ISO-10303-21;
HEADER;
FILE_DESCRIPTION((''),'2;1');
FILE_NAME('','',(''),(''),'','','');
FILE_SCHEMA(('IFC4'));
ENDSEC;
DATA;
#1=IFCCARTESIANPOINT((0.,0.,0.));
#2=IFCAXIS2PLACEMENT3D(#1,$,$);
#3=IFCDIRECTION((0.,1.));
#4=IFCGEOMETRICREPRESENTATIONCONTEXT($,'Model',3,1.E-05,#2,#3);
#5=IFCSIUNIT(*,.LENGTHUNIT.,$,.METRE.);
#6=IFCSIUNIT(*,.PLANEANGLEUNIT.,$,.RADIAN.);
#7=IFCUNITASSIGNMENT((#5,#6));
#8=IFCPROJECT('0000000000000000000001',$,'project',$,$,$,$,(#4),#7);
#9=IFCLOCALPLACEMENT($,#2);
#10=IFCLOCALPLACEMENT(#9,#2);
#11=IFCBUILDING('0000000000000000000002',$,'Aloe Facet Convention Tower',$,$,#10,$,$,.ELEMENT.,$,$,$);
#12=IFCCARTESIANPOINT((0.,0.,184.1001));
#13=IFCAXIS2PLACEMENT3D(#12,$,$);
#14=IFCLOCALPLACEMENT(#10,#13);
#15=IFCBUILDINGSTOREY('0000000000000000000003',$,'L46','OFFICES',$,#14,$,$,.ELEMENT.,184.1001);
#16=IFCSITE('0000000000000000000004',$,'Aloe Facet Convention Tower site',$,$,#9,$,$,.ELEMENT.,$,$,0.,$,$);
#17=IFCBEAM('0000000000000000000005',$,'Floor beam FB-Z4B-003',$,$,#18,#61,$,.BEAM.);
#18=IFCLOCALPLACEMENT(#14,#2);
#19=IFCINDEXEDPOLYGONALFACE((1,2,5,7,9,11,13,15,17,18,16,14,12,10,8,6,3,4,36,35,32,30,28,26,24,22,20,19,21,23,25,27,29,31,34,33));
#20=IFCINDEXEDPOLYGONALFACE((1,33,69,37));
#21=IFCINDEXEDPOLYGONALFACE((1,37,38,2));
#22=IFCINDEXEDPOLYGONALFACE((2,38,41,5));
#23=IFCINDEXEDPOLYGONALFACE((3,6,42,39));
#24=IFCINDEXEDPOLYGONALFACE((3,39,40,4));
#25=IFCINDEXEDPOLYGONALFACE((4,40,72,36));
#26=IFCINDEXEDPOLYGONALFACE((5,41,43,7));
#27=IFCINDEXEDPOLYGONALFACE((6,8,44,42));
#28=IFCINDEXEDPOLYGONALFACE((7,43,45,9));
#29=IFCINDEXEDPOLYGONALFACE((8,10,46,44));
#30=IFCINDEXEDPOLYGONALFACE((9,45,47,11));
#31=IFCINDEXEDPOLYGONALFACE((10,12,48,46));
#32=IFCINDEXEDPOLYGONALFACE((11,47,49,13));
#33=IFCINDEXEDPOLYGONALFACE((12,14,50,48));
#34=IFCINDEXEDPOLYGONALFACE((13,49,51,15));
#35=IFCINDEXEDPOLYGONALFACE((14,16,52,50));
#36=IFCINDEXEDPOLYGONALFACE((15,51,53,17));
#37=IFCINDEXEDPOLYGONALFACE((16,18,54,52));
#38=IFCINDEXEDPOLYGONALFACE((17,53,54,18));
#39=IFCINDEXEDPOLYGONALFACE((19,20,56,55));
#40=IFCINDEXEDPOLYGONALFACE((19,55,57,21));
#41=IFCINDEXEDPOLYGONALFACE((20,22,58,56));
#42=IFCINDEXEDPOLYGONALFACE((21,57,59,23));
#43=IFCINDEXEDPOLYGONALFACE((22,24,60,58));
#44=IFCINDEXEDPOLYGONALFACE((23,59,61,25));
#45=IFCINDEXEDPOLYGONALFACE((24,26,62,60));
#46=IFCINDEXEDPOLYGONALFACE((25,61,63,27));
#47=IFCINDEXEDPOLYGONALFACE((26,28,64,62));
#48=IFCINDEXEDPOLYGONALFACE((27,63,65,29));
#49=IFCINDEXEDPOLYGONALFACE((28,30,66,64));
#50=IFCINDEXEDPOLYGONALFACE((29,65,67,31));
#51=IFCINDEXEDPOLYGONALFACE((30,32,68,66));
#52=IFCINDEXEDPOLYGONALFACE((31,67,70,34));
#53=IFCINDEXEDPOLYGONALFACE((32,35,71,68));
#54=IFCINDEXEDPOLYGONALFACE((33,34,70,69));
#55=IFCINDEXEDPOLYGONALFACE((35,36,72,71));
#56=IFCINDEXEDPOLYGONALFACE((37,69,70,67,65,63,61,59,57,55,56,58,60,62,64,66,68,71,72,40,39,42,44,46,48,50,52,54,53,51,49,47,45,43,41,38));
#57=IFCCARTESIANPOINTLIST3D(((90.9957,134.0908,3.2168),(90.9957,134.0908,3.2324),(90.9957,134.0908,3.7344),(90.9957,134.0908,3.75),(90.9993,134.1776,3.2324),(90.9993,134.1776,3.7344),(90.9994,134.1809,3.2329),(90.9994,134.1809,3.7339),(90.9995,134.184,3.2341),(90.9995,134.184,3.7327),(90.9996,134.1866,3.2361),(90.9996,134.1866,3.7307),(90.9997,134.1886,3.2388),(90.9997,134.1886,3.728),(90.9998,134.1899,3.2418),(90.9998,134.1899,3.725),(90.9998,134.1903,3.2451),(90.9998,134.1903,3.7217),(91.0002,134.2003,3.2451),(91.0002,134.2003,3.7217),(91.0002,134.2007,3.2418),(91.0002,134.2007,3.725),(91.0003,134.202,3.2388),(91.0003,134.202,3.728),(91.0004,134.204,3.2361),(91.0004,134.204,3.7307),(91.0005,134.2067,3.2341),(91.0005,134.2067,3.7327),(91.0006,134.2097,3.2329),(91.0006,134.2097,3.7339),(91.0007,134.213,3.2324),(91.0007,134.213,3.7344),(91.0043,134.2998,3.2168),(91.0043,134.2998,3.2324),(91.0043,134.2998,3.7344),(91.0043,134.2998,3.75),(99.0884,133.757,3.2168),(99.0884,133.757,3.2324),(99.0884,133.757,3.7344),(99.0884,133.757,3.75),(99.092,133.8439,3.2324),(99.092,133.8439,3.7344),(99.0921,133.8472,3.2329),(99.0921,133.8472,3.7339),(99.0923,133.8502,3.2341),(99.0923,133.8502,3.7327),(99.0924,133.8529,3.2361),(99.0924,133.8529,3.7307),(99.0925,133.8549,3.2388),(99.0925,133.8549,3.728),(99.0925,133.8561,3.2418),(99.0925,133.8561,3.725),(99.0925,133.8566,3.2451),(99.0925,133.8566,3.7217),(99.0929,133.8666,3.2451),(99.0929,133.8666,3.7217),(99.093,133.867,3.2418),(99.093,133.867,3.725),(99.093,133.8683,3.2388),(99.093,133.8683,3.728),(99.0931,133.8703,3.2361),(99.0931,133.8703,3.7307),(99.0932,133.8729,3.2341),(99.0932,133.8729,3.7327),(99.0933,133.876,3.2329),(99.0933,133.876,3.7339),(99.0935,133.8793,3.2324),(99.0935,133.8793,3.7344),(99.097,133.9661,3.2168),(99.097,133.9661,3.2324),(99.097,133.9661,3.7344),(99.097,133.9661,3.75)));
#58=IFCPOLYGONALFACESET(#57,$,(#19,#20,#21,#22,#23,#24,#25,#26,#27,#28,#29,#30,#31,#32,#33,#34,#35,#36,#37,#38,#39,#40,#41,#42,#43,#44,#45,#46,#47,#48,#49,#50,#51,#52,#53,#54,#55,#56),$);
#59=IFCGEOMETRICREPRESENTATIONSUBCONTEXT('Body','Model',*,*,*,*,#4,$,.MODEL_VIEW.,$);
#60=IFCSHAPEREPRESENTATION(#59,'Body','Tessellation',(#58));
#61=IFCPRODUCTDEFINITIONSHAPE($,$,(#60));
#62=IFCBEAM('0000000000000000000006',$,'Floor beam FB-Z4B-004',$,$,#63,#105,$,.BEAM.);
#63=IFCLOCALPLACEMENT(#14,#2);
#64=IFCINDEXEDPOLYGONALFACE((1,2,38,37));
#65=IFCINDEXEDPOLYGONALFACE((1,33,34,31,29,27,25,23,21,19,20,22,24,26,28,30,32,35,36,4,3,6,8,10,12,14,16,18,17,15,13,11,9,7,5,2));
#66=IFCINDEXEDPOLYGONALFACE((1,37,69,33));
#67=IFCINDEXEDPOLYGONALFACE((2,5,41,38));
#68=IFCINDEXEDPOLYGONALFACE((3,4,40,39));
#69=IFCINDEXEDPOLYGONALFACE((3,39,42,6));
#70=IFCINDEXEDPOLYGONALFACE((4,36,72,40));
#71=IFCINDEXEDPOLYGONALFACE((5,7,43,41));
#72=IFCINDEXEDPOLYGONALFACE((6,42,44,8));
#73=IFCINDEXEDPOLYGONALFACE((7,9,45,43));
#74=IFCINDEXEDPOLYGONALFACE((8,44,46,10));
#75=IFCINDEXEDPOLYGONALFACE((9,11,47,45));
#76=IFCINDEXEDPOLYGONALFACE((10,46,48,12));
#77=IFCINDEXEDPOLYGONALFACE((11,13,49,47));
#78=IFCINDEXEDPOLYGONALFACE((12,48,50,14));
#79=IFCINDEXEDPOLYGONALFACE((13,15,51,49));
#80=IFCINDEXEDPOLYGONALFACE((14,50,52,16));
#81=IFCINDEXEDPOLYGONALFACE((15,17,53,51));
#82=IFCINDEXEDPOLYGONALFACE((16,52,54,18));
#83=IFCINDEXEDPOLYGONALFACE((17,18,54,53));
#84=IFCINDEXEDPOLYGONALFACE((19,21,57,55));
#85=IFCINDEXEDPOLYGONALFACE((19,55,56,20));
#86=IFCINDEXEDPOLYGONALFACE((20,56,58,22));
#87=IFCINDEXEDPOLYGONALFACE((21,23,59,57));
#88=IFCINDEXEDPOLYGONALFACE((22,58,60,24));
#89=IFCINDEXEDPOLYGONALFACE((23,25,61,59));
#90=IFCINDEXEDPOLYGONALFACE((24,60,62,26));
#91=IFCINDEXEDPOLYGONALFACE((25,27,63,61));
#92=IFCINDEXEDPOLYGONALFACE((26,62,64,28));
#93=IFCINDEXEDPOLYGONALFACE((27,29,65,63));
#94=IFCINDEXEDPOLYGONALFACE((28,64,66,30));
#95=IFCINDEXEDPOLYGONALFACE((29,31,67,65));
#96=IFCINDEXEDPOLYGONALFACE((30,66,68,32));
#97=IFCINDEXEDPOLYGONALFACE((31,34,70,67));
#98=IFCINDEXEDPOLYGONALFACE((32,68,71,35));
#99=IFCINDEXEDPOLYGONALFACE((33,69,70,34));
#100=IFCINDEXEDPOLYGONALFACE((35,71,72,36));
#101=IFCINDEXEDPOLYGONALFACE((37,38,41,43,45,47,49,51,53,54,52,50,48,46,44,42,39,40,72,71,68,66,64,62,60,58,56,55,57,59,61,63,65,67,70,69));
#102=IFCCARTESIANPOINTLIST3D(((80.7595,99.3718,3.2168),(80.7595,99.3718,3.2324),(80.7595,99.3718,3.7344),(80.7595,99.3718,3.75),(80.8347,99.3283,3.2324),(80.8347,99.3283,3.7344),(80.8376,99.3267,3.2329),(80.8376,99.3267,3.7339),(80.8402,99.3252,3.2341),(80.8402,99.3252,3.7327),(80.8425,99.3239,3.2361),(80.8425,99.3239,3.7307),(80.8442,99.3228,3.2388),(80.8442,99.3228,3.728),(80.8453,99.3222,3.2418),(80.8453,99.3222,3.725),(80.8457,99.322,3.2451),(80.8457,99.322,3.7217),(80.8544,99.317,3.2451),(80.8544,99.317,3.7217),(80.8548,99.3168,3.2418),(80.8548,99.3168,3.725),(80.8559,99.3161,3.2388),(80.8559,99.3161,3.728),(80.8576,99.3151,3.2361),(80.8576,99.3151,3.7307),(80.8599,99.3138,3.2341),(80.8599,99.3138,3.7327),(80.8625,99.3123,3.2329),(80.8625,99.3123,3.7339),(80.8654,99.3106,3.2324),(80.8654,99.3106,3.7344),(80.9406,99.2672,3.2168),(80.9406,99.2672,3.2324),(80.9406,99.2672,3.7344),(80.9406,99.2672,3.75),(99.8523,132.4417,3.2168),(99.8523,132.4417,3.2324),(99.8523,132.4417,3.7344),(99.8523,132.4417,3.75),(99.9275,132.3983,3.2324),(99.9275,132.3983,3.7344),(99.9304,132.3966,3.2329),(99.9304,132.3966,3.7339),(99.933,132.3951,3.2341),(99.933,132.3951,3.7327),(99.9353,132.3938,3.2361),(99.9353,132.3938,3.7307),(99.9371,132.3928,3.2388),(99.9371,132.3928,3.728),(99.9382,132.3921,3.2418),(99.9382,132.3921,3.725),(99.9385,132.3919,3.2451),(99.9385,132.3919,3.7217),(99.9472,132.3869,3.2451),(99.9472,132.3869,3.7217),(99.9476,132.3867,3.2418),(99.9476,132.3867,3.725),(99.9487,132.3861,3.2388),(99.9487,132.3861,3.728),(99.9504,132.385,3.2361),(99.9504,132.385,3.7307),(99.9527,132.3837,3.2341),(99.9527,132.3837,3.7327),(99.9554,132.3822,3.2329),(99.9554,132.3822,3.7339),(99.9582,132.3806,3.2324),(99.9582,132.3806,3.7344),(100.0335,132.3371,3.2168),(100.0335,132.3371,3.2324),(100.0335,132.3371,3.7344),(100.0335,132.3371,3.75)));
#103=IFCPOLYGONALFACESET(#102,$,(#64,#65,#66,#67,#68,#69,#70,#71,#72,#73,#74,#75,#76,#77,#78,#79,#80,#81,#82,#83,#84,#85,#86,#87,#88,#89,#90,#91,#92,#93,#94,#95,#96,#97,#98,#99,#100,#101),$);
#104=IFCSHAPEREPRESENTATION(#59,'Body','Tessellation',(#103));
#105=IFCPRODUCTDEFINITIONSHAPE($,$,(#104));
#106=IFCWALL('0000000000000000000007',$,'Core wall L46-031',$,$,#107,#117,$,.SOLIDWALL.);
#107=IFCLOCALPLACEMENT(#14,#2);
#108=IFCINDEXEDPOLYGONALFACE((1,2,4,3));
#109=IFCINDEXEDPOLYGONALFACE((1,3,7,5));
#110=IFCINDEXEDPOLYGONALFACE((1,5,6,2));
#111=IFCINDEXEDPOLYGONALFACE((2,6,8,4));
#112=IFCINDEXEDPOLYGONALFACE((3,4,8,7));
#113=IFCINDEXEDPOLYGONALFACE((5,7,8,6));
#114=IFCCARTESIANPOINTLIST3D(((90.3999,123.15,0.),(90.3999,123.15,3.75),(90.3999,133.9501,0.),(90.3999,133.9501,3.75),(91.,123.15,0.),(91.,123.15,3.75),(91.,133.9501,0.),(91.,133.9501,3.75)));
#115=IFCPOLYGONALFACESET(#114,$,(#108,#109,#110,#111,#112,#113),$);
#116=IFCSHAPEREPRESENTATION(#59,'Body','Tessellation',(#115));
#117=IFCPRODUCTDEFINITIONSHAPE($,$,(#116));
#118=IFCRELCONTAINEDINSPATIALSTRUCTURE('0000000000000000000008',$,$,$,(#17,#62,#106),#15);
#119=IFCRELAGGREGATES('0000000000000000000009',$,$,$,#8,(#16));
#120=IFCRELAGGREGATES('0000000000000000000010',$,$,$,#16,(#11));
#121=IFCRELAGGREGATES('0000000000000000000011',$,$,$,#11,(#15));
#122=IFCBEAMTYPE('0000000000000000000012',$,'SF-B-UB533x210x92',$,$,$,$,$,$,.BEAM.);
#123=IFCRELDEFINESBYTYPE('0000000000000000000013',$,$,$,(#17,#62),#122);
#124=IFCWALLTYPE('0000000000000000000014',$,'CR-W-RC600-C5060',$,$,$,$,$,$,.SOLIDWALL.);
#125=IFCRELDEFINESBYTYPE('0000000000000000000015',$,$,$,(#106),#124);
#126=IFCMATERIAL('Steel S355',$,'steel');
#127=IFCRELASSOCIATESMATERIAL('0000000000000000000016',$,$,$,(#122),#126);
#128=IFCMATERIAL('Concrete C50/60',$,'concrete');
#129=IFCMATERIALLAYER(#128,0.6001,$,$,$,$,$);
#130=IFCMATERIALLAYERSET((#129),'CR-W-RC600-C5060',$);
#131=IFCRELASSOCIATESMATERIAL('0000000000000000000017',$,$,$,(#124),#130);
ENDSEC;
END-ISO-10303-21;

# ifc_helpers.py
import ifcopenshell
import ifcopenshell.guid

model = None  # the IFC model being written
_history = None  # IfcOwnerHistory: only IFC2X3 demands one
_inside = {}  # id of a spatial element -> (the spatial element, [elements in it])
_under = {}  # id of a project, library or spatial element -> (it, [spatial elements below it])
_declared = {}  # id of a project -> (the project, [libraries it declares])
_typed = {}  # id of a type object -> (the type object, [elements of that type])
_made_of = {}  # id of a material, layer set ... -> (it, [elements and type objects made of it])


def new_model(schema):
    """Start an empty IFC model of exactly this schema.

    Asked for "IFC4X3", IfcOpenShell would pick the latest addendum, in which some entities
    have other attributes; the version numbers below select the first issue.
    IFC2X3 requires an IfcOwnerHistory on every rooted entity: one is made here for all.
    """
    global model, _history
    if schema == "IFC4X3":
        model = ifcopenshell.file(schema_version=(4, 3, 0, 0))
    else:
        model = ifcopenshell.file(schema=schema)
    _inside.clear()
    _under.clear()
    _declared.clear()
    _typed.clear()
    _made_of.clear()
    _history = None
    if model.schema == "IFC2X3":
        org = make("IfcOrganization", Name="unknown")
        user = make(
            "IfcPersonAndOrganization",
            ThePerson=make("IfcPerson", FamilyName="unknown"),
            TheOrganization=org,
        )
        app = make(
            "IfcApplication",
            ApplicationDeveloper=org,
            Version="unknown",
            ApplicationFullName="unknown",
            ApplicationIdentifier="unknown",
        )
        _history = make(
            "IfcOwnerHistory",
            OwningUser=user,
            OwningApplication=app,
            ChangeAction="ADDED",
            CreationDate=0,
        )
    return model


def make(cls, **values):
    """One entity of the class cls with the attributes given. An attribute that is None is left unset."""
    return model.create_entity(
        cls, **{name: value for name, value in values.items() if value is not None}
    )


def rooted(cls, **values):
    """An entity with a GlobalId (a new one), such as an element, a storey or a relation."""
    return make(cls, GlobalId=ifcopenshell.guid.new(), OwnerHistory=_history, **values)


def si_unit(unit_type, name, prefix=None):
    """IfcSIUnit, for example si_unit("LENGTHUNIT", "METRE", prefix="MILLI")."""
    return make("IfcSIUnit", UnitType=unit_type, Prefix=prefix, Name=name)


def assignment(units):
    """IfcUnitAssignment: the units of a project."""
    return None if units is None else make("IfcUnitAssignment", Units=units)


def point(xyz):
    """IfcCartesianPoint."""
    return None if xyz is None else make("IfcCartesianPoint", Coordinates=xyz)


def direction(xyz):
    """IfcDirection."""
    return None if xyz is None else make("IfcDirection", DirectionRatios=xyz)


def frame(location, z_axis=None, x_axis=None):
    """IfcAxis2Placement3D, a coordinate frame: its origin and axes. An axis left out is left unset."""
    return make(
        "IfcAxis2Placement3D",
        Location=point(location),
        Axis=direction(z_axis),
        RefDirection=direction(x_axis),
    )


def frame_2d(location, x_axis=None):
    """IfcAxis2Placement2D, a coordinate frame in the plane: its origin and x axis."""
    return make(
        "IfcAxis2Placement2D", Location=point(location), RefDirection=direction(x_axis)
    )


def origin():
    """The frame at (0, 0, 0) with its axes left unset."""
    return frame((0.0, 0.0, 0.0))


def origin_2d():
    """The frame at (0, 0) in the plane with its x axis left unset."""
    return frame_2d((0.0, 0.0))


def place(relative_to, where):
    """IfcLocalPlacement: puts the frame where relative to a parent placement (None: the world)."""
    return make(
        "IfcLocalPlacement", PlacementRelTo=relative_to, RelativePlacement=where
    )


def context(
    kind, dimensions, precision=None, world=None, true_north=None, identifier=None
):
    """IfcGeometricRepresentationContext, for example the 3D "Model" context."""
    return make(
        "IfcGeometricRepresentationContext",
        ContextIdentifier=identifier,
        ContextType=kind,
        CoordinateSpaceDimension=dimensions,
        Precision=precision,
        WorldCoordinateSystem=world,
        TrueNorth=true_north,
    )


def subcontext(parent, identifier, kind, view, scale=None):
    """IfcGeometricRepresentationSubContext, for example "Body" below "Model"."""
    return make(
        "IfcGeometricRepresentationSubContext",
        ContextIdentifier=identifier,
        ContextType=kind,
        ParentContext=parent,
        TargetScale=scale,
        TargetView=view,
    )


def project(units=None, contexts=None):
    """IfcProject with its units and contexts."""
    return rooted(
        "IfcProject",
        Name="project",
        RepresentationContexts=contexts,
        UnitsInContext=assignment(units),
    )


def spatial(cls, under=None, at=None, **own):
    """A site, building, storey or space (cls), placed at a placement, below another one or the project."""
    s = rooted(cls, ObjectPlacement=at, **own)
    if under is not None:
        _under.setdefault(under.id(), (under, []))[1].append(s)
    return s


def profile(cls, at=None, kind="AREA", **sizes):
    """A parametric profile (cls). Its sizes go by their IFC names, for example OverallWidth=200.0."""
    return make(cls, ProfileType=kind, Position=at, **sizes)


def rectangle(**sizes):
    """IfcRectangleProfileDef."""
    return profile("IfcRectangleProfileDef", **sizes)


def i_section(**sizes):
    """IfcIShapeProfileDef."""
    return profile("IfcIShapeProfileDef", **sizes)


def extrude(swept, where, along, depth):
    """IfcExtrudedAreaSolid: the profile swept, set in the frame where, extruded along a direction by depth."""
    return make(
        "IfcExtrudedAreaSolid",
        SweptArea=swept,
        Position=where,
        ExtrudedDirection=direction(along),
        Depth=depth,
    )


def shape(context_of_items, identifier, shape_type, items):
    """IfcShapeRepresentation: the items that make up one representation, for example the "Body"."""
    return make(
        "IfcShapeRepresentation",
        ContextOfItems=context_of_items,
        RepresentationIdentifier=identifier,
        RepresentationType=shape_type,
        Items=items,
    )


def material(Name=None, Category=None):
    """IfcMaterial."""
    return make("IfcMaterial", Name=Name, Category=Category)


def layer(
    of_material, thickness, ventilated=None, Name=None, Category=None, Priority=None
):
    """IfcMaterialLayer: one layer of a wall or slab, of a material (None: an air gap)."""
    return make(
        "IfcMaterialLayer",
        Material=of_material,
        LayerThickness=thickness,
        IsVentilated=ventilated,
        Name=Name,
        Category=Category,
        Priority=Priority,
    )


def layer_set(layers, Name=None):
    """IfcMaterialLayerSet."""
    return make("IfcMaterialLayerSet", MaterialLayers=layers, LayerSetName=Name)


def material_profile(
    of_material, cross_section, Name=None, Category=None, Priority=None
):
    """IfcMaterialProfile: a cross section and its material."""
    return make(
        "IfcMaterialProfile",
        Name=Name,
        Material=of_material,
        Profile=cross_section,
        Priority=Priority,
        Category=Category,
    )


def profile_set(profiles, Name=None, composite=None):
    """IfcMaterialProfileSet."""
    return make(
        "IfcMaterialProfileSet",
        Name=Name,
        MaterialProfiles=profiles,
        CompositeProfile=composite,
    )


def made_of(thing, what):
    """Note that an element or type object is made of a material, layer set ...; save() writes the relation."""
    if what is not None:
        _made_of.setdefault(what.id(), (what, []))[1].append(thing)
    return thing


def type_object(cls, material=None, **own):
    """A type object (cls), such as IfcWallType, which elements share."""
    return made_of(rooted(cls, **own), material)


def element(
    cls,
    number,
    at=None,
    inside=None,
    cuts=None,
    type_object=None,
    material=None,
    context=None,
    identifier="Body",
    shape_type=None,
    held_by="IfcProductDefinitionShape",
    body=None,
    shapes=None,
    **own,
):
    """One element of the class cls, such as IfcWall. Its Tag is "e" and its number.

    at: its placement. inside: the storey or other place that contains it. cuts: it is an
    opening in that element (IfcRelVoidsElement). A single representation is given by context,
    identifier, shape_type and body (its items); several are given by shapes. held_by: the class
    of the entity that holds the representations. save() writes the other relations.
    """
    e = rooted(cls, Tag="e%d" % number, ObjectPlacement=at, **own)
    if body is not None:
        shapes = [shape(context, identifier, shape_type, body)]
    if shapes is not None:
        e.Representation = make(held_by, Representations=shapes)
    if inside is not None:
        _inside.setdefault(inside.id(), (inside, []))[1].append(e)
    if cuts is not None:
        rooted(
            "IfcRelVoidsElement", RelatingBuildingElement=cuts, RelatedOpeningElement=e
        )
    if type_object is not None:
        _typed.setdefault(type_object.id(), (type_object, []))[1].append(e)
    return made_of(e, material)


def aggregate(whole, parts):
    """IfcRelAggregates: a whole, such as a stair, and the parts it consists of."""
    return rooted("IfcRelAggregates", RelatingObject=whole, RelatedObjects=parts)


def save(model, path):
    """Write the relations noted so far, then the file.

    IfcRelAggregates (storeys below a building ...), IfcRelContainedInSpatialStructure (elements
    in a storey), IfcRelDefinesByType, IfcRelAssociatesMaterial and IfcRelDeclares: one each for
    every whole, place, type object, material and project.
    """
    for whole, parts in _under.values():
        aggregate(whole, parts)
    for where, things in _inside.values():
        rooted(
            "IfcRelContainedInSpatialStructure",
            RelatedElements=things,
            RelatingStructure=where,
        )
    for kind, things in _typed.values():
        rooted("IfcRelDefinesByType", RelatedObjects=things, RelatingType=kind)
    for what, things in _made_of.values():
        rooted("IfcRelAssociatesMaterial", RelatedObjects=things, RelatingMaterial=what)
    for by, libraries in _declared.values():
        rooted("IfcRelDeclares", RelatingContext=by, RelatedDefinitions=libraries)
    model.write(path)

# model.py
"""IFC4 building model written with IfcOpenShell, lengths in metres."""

from ifc_helpers import new_model, si_unit, direction, frame, frame_2d, origin, origin_2d, place, context, subcontext, project, spatial, rectangle, i_section, extrude, material, layer, layer_set, material_profile, profile_set, type_object, element, save


model = new_model("IFC4")

# Units and contexts
model_context = context("Model", 3, precision=1e-05, world=origin(), true_north=direction((0.0, 1.0)))
body_context = subcontext(model_context, "Body", "Model", "MODEL_VIEW")
ifc_project = project(units=[si_unit("LENGTHUNIT", "METRE"), si_unit("PLANEANGLEUNIT", "RADIAN")], contexts=[model_context])

# Site, building, storey
site_placement = place(None, origin())
site = spatial("IfcSite", under=ifc_project, at=site_placement, Name="Aloe Facet Convention Tower site", CompositionType="ELEMENT", RefElevation=0.0)
building_placement = place(site_placement, origin())
building = spatial("IfcBuilding", under=site, at=building_placement, Name="Aloe Facet Convention Tower", CompositionType="ELEMENT")
storey_placement = place(building_placement, frame((0.0, 0.0, 184.1001)))
storey = spatial("IfcBuildingStorey", under=building, at=storey_placement, Name="L46", Description="OFFICES", CompositionType="ELEMENT", Elevation=184.1001)

# Beams
ifc_material_1 = material(Name="Steel S355", Category="steel")
ifc_material_profile_1 = material_profile(ifc_material_1, i_section(OverallWidth=0.2092, OverallDepth=0.5332, WebThickness=0.01, FlangeThickness=0.0156, FilletRadius=0.0127, at=origin_2d()), Name="UB 533x210x92")
ifc_profile_set_1 = profile_set([ifc_material_profile_1], Name="Steel S355")
beam_type_1 = type_object("IfcBeamType", Name="SF-B-UB533x210x92", PredefinedType="BEAM", material=ifc_profile_set_1)
beam_1_placement = place(storey_placement, frame((91.0, 134.1953, 3.4834), z_axis=(0.999151, -0.041204, 0.0), x_axis=(0.041204, 0.999151, 0.0)))
element("IfcBeam", 1, at=beam_1_placement, inside=storey, type_object=beam_type_1, Name="Floor beam FB-Z4B-003", PredefinedType="BEAM", context=body_context, shape_type="SweptSolid", body=[
    extrude(i_section(OverallWidth=0.2092, OverallDepth=0.5332, WebThickness=0.01, FlangeThickness=0.0156, FilletRadius=0.0127, at=origin_2d()), origin(), (0.0, 0.0, 1.0), 8.0996),
])
beam_2_placement = place(storey_placement, frame((99.9429, 132.3894, 3.4834), z_axis=(-0.499998, -0.866027, 0.0), x_axis=(0.866027, -0.499998, 0.0)))
element("IfcBeam", 2, at=beam_2_placement, inside=storey, type_object=beam_type_1, Name="Floor beam FB-Z4B-004", PredefinedType="BEAM", context=body_context, shape_type="SweptSolid", body=[
    extrude(i_section(OverallWidth=0.2092, OverallDepth=0.5332, WebThickness=0.01, FlangeThickness=0.0156, FilletRadius=0.0127, at=origin_2d()), origin(), (0.0, 0.0, 1.0), 38.1858),
])

# Wall
ifc_material_2 = material(Name="Concrete C50/60", Category="concrete")
ifc_layer_1 = layer(ifc_material_2, 0.6001)
ifc_layer_set_1 = layer_set([ifc_layer_1], Name="CR-W-RC600-C5060")
wall_type_1 = type_object("IfcWallType", Name="CR-W-RC600-C5060", PredefinedType="SOLIDWALL", material=ifc_layer_set_1)
wall_1_placement = place(storey_placement, frame((90.7, 133.95, 0.0), z_axis=(0.0, 0.0, 1.0), x_axis=(0.0, -1.0, 0.0)))
element("IfcWall", 3, at=wall_1_placement, inside=storey, type_object=wall_type_1, Name="Core wall L46-031", PredefinedType="SOLIDWALL", context=body_context, shape_type="SweptSolid", body=[
    extrude(rectangle(XDim=10.8, YDim=0.6001, at=frame_2d((5.3999, 0.0))), origin(), (0.0, 0.0, 1.0), 3.75),
])

save(model, "model.ifc")
